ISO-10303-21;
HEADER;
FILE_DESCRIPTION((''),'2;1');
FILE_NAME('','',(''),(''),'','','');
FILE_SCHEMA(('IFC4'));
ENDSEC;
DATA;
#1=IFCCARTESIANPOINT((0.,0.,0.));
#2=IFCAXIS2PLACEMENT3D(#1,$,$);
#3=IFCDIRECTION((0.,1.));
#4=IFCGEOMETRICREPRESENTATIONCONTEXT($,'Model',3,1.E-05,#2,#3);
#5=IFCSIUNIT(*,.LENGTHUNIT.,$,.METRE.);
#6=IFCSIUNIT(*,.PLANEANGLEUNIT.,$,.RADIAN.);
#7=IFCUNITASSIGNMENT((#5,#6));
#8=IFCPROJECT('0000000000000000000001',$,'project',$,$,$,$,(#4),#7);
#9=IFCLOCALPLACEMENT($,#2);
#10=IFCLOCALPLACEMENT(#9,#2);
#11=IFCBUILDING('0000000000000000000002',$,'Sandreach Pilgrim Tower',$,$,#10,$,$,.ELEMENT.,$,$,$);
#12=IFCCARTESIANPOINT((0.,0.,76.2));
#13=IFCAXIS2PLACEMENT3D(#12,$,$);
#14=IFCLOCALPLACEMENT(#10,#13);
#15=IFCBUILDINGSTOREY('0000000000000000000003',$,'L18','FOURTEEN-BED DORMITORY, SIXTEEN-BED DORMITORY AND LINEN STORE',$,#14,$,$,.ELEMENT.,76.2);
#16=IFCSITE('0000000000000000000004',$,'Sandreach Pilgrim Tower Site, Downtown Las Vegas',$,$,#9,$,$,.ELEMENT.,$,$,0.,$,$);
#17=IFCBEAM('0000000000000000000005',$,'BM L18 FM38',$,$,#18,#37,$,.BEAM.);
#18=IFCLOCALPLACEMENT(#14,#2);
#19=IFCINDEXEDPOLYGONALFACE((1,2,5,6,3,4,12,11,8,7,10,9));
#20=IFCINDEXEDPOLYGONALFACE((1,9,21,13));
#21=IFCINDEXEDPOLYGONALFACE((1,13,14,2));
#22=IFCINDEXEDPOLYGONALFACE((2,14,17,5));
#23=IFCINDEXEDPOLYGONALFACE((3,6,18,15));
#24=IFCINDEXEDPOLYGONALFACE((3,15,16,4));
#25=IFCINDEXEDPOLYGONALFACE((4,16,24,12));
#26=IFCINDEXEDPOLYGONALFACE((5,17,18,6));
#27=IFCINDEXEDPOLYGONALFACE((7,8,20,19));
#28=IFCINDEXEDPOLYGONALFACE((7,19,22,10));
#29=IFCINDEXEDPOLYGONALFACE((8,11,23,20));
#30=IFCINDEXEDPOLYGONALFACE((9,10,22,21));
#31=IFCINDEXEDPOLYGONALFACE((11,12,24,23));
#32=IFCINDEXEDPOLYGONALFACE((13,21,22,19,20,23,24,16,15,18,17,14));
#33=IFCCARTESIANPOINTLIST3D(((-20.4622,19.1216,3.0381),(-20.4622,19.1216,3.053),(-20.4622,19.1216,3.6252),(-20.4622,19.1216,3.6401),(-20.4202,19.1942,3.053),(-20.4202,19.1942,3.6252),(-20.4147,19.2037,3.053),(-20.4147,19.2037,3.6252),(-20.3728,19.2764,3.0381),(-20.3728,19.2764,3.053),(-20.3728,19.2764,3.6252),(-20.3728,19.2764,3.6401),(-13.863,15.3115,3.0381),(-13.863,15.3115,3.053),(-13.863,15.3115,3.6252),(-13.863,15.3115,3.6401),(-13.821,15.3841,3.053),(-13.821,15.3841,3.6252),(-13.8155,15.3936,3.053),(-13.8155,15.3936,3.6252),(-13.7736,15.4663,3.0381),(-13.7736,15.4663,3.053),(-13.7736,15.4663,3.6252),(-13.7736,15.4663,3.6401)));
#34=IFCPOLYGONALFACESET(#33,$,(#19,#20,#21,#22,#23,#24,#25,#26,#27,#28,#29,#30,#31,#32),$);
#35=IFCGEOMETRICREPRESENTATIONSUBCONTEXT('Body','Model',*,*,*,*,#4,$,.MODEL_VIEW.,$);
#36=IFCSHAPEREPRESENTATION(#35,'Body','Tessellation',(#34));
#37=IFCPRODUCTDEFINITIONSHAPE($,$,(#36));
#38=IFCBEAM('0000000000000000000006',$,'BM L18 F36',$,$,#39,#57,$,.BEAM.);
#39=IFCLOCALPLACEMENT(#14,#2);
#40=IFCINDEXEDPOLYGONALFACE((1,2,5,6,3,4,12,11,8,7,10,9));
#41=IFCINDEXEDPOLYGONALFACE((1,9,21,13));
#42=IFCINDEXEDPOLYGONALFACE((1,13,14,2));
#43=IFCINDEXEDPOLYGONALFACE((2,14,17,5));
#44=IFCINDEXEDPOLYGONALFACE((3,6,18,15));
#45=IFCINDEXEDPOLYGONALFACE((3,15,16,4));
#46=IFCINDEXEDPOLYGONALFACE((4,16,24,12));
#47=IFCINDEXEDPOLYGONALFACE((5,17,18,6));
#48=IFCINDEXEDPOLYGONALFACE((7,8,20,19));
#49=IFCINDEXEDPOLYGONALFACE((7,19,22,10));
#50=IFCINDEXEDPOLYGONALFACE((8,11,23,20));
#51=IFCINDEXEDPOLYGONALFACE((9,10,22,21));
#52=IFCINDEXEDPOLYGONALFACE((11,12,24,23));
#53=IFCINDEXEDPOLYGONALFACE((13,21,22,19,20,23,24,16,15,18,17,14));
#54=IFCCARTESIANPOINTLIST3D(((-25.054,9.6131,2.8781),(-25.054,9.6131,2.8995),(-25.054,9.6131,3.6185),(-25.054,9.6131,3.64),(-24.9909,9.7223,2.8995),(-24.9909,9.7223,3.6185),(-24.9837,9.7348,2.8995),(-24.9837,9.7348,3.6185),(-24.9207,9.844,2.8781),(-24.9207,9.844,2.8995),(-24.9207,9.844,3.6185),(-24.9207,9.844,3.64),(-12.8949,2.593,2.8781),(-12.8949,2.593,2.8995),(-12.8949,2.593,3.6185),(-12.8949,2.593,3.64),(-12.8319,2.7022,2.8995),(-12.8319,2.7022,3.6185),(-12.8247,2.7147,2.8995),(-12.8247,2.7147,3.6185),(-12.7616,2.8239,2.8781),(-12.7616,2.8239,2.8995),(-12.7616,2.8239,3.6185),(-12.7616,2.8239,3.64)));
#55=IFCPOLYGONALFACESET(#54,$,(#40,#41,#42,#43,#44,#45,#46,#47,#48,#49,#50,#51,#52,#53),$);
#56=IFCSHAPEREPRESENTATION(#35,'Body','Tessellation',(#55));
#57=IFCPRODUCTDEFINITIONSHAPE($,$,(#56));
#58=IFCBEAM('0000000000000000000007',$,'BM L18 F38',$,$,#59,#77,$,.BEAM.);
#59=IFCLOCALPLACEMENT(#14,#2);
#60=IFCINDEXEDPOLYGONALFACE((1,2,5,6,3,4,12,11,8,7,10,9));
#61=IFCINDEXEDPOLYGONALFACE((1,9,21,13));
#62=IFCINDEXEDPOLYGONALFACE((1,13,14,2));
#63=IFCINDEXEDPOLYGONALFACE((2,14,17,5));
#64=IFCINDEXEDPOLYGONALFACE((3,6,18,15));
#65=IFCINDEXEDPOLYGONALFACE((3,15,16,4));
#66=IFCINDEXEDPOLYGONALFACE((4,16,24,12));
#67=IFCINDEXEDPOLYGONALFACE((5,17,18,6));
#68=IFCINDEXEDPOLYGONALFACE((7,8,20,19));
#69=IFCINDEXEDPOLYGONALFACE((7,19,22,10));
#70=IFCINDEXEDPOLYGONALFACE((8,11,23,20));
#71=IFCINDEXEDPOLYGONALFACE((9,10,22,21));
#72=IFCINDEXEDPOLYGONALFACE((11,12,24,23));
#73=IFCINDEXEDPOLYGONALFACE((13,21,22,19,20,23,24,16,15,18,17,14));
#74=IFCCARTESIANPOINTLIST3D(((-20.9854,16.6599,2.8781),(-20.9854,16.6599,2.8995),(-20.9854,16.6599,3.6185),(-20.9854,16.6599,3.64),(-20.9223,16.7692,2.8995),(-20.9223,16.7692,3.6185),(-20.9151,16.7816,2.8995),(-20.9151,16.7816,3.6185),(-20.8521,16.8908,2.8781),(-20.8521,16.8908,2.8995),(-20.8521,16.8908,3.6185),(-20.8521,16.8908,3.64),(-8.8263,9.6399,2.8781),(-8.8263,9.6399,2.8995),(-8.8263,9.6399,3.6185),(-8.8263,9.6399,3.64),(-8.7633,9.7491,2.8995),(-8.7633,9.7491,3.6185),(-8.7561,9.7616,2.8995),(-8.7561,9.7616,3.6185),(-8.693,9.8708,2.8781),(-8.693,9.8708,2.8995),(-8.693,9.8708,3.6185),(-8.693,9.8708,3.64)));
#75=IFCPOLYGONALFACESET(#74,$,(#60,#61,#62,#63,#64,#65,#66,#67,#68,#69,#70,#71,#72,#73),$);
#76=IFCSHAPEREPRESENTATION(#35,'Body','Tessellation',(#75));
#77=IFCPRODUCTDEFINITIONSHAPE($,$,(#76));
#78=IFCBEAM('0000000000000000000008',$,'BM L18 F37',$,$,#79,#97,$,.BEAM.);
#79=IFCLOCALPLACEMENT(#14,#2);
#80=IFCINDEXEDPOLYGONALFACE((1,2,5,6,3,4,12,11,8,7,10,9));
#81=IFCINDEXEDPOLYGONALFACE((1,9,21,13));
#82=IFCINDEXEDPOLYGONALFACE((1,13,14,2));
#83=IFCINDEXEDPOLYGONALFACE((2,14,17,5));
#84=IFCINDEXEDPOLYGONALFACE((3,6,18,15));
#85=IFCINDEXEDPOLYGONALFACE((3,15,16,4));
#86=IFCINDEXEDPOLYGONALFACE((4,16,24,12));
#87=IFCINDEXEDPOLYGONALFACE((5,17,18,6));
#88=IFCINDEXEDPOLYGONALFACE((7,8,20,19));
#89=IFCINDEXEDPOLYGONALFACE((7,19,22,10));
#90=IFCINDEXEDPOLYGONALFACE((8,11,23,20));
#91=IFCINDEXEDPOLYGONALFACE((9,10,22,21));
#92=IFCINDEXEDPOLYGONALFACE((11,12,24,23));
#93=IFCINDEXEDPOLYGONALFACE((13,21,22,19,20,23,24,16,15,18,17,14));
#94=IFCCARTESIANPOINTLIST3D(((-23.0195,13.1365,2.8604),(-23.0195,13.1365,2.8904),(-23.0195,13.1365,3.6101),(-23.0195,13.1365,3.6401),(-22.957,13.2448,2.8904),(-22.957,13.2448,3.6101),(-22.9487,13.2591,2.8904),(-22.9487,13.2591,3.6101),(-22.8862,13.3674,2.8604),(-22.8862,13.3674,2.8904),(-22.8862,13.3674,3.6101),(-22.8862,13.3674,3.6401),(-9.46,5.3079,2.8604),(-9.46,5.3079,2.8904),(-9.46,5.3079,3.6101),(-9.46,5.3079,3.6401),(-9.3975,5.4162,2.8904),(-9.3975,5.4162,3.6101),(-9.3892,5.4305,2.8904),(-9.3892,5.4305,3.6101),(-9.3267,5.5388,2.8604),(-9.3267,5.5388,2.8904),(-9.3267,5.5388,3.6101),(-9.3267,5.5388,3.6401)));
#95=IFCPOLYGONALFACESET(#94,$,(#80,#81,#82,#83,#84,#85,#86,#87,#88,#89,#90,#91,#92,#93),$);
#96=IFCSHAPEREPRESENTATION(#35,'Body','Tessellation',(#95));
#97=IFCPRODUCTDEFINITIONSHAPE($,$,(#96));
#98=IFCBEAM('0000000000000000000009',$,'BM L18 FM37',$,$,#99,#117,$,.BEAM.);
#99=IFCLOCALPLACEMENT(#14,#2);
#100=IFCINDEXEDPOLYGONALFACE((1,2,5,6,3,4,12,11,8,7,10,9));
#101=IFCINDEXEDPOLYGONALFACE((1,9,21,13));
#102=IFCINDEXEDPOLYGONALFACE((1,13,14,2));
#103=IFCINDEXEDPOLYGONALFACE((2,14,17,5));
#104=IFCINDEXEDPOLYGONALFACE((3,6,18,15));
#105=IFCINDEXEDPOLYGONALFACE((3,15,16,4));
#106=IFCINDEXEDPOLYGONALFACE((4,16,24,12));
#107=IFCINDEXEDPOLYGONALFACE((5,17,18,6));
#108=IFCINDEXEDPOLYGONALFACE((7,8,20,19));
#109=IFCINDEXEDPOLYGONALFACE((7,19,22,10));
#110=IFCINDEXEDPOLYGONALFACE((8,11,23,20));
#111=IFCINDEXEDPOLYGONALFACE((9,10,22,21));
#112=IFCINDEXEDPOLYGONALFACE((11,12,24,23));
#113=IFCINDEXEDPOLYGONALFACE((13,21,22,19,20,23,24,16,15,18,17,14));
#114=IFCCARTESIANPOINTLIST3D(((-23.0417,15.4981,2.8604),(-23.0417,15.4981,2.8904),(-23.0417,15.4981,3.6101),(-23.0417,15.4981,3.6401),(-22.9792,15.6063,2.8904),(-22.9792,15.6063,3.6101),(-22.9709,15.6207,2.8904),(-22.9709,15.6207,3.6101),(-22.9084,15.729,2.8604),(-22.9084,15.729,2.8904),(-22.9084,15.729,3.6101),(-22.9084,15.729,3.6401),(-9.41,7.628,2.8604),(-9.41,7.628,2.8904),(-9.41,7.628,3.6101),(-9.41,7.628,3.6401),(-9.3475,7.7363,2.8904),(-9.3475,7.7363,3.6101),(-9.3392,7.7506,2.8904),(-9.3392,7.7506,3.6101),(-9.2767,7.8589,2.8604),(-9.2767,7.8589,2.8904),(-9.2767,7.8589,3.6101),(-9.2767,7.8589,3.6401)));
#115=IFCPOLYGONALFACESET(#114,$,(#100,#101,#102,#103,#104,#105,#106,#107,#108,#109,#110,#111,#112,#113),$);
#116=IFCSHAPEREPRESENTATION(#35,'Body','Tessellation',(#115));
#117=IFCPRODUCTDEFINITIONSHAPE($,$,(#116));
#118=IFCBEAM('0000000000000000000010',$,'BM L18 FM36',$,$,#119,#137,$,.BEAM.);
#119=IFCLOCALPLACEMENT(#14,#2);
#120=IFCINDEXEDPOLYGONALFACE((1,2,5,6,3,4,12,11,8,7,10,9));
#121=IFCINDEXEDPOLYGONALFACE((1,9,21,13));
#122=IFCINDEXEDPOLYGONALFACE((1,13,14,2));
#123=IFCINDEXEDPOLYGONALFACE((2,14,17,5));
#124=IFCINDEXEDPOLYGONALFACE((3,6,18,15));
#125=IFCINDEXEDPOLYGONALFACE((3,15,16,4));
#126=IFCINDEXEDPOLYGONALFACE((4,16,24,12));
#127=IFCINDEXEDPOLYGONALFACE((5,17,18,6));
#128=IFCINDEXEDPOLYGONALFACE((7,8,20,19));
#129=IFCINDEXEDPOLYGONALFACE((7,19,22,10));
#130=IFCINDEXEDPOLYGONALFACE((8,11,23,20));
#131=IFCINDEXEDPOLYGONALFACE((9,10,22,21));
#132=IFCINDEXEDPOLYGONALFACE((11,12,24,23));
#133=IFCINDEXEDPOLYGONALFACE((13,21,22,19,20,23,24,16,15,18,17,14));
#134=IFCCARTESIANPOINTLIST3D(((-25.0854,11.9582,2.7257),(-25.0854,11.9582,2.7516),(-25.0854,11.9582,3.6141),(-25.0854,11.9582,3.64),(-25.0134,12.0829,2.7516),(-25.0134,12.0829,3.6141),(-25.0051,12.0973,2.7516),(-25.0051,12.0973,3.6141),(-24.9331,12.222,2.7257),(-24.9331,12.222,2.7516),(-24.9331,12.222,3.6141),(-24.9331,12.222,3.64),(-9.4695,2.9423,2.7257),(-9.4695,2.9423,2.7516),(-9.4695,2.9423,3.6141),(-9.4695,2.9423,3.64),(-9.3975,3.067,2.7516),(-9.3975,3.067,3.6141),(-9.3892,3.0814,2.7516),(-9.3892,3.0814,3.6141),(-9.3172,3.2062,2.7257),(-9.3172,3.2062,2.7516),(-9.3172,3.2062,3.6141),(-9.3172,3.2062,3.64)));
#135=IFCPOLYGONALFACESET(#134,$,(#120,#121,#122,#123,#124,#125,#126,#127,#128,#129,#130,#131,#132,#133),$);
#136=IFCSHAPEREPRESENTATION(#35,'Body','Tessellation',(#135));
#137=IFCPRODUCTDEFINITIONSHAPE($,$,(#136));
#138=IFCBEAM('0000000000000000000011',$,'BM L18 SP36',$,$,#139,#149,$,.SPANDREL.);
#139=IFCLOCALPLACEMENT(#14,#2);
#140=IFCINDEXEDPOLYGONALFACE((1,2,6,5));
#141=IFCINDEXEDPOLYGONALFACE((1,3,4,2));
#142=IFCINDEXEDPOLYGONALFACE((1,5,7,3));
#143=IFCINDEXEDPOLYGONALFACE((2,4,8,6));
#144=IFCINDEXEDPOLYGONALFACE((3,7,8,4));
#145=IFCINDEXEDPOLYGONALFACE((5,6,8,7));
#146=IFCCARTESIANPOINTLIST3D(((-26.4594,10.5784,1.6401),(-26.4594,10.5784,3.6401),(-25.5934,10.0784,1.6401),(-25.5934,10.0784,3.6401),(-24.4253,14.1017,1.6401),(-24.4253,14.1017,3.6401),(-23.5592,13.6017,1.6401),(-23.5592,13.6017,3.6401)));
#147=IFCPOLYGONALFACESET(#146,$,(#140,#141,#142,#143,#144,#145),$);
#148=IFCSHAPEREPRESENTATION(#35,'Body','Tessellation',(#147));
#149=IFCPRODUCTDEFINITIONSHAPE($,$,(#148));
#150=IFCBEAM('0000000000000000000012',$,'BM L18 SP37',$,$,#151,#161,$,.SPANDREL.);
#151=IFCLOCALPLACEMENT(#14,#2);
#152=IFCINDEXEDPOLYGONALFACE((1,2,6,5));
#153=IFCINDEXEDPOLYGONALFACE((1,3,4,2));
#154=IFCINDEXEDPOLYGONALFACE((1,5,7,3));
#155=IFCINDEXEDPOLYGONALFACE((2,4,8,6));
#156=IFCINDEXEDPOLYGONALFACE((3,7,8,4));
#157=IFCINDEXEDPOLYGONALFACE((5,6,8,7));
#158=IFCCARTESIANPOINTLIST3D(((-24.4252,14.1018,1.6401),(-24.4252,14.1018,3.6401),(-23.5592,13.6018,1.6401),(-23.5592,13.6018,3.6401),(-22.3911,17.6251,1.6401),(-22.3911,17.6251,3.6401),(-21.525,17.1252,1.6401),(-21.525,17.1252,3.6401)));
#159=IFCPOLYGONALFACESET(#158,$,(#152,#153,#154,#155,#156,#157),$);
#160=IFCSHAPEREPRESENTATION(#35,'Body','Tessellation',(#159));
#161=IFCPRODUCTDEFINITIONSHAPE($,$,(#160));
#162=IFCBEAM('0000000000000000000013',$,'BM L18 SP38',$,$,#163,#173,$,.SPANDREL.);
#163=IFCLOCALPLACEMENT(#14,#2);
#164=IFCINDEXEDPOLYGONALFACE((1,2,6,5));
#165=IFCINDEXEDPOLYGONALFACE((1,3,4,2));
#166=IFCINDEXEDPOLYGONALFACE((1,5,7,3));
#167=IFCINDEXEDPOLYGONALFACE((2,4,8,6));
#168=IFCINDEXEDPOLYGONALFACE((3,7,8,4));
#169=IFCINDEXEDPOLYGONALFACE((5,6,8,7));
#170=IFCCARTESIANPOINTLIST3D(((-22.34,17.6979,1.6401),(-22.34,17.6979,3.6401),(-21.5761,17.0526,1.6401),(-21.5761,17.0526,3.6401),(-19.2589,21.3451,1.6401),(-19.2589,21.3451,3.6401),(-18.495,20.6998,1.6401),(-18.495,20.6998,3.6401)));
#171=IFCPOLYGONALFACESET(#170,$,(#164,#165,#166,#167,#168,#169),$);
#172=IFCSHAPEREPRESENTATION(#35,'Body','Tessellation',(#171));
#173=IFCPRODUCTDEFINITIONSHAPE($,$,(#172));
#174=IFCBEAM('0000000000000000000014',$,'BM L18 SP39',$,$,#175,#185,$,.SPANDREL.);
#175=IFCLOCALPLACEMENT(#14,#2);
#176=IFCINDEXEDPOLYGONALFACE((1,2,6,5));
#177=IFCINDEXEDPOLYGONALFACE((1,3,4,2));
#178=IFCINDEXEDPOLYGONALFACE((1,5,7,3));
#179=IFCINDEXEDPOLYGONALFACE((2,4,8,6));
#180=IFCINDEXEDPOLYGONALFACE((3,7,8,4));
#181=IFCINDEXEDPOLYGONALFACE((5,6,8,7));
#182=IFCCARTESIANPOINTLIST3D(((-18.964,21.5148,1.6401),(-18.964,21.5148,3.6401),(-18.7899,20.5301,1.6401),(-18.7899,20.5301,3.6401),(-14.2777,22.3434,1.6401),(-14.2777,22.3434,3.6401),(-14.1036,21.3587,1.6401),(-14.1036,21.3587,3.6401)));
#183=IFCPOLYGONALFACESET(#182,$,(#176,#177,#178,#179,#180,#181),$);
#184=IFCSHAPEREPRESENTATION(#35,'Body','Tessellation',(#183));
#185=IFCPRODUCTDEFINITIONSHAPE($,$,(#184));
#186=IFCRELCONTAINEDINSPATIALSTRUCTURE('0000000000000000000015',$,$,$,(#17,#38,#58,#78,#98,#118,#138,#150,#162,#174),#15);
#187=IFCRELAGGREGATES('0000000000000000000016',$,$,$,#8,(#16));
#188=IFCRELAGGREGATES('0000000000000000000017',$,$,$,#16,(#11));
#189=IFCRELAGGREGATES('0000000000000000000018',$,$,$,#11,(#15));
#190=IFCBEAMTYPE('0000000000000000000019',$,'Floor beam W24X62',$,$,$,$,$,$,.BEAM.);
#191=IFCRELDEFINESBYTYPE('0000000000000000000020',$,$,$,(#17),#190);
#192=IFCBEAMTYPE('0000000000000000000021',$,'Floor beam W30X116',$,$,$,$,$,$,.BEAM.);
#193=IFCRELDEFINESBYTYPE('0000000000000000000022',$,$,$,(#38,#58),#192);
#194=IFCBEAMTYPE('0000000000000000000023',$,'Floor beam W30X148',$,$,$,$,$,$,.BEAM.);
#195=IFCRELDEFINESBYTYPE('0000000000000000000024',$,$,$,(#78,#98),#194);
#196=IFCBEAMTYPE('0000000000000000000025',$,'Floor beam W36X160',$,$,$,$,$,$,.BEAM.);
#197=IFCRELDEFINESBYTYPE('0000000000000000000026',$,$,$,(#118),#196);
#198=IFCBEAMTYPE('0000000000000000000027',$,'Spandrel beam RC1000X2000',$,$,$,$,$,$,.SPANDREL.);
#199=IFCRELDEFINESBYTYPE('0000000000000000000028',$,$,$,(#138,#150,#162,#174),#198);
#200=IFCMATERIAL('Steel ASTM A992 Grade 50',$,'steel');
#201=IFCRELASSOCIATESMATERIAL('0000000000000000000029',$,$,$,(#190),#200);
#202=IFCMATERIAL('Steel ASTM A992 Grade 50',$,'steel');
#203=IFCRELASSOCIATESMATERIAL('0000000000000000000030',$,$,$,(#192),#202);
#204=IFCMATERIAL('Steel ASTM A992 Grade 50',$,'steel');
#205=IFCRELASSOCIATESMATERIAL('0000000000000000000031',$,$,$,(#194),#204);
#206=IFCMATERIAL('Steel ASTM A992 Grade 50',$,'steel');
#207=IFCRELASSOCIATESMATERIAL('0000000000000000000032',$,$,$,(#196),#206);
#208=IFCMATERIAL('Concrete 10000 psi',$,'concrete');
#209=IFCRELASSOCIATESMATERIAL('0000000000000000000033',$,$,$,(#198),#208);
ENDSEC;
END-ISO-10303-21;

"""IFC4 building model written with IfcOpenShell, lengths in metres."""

from ifc_helpers import new_model, si_unit, direction, frame, origin, origin_2d, place, context, subcontext, project, spatial, rectangle, i_section, extrude, material, material_profile, profile_set, type_object, element, save


model = new_model("IFC4")

# Units and contexts
model_context = context("Model", 3, precision=1e-05, world=origin(), true_north=direction((0.0, 1.0)))
body_context = subcontext(model_context, "Body", "Model", "MODEL_VIEW")
ifc_project = project(units=[si_unit("LENGTHUNIT", "METRE"), si_unit("PLANEANGLEUNIT", "RADIAN")], contexts=[model_context])

# Site, building, storey
site_placement = place(None, origin())
site = spatial("IfcSite", under=ifc_project, at=site_placement, Name="Sandreach Pilgrim Tower Site, Downtown Las Vegas", CompositionType="ELEMENT", RefElevation=0.0)
building_placement = place(site_placement, origin())
building = spatial("IfcBuilding", under=site, at=building_placement, Name="Sandreach Pilgrim Tower", CompositionType="ELEMENT")
storey_placement = place(building_placement, frame((0.0, 0.0, 76.2)))
storey = spatial("IfcBuildingStorey", under=building, at=storey_placement, Name="L18", Description="FOURTEEN-BED DORMITORY, SIXTEEN-BED DORMITORY AND LINEN STORE", CompositionType="ELEMENT", Elevation=76.2)

# Beams
ifc_material_1 = material(Name="Steel ASTM A992 Grade 50", Category="steel")
ifc_material_profile_1 = material_profile(ifc_material_1, i_section(OverallWidth=0.1787, OverallDepth=0.6021, WebThickness=0.011, FlangeThickness=0.0149, at=origin_2d()), Name="W24X62")
ifc_profile_set_1 = profile_set([ifc_material_profile_1], Name="Steel ASTM A992 Grade 50")
beam_type_1 = type_object("IfcBeamType", Name="Floor beam W24X62", PredefinedType="BEAM", material=ifc_profile_set_1)
beam_1_placement = place(storey_placement, frame((-20.4175, 19.199, 3.3391), z_axis=(0.866022, -0.500005, 0.0), x_axis=(0.500005, 0.866022, 0.0)))
element("IfcBeam", 1, at=beam_1_placement, inside=storey, type_object=beam_type_1, Name="BM L18 FM38", PredefinedType="BEAM", context=body_context, shape_type="SweptSolid", body=[
    extrude(i_section(OverallWidth=0.1787, OverallDepth=0.6021, WebThickness=0.011, FlangeThickness=0.0149, at=origin_2d()), origin(), (0.0, 0.0, 1.0), 7.6201),
])
ifc_material_2 = material(Name="Steel ASTM A992 Grade 50", Category="steel")
ifc_material_profile_2 = material_profile(ifc_material_2, i_section(OverallWidth=0.2666, OverallDepth=0.762, WebThickness=0.0144, FlangeThickness=0.0215, at=origin_2d()), Name="W30X116")
ifc_profile_set_2 = profile_set([ifc_material_profile_2], Name="Steel ASTM A992 Grade 50")
beam_type_2 = type_object("IfcBeamType", Name="Floor beam W30X116", PredefinedType="BEAM", material=ifc_profile_set_2)
for number, where, z_axis, x_axis, name in (
    (2, (-24.9873, 9.7285, 3.259), (0.866024, -0.500003, 0.0), (0.500003, 0.866024, 0.0), "BM L18 F36"),
    (3, (-20.9187, 16.7754, 3.259), (0.866024, -0.500003, 0.0), (0.500003, 0.866024, 0.0), "BM L18 F38"),
):
    element("IfcBeam", number, at=place(storey_placement, frame(where, z_axis=z_axis, x_axis=x_axis)), inside=storey, type_object=beam_type_2, Name=name, PredefinedType="BEAM", context=body_context, shape_type="SweptSolid", body=[
        extrude(i_section(OverallWidth=0.2666, OverallDepth=0.762, WebThickness=0.0144, FlangeThickness=0.0215, at=origin_2d()), origin(), (0.0, 0.0, 1.0), 14.04),
    ])
ifc_material_3 = material(Name="Steel ASTM A992 Grade 50", Category="steel")
ifc_material_profile_3 = material_profile(ifc_material_3, i_section(OverallWidth=0.2666, OverallDepth=0.7798, WebThickness=0.0166, FlangeThickness=0.03, at=origin_2d()), Name="W30X148")
ifc_profile_set_3 = profile_set([ifc_material_profile_3], Name="Steel ASTM A992 Grade 50")
beam_type_3 = type_object("IfcBeamType", Name="Floor beam W30X148", PredefinedType="BEAM", material=ifc_profile_set_3)
beam_2_placement = place(storey_placement, frame((-22.9529, 13.252, 3.2502), z_axis=(0.866026, -0.5, 0.0), x_axis=(0.5, 0.866026, 0.0)))
element("IfcBeam", 4, at=beam_2_placement, inside=storey, type_object=beam_type_3, Name="BM L18 F37", PredefinedType="BEAM", context=body_context, shape_type="SweptSolid", body=[
    extrude(i_section(OverallWidth=0.2666, OverallDepth=0.7798, WebThickness=0.0166, FlangeThickness=0.03, at=origin_2d()), origin(), (0.0, 0.0, 1.0), 15.6572),
])
beam_3_placement = place(storey_placement, frame((-22.9751, 15.6135, 3.2502), z_axis=(0.866032, -0.499989, 0.0), x_axis=(0.499989, 0.866032, 0.0)))
element("IfcBeam", 5, at=beam_3_placement, inside=storey, type_object=beam_type_3, Name="BM L18 FM37", PredefinedType="BEAM", context=body_context, shape_type="SweptSolid", body=[
    extrude(i_section(OverallWidth=0.2666, OverallDepth=0.7798, WebThickness=0.0166, FlangeThickness=0.03, at=origin_2d()), origin(), (0.0, 0.0, 1.0), 15.7405),
])
ifc_material_4 = material(Name="Steel ASTM A992 Grade 50", Category="steel")
ifc_material_profile_4 = material_profile(ifc_material_4, i_section(OverallWidth=0.3047, OverallDepth=0.9143, WebThickness=0.0166, FlangeThickness=0.0259, at=origin_2d()), Name="W36X160")
ifc_profile_set_4 = profile_set([ifc_material_profile_4], Name="Steel ASTM A992 Grade 50")
beam_type_4 = type_object("IfcBeamType", Name="Floor beam W36X160", PredefinedType="BEAM", material=ifc_profile_set_4)
beam_4_placement = place(storey_placement, frame((-25.0093, 12.0901, 3.1829), z_axis=(0.866026, -0.499999, 0.0), x_axis=(0.499999, 0.866026, 0.0)))
element("IfcBeam", 6, at=beam_4_placement, inside=storey, type_object=beam_type_4, Name="BM L18 FM36", PredefinedType="BEAM", context=body_context, shape_type="SweptSolid", body=[
    extrude(i_section(OverallWidth=0.3047, OverallDepth=0.9143, WebThickness=0.0166, FlangeThickness=0.0259, at=origin_2d()), origin(), (0.0, 0.0, 1.0), 18.0317),
])
ifc_material_5 = material(Name="Concrete 10000 psi", Category="concrete")
ifc_material_profile_5 = material_profile(ifc_material_5, rectangle(XDim=1.0, YDim=2.0, at=origin_2d()), Name="RC1000X2000")
ifc_profile_set_5 = profile_set([ifc_material_profile_5], Name="Concrete 10000 psi")
beam_type_5 = type_object("IfcBeamType", Name="Spandrel beam RC1000X2000", PredefinedType="SPANDREL", material=ifc_profile_set_5)
for number, where, z_axis, x_axis, name in (
    (7, (-26.0264, 10.3284, 2.6401), (0.499986, 0.866034, 0.0), (-0.866034, 0.499986, 0.0), "BM L18 SP36"),
    (8, (-23.9922, 13.8518, 2.6401), (0.499986, 0.866034, 0.0), (-0.866034, 0.499986, 0.0), "BM L18 SP37"),
):
    element("IfcBeam", number, at=place(storey_placement, frame(where, z_axis=z_axis, x_axis=x_axis)), inside=storey, type_object=beam_type_5, Name=name, PredefinedType="SPANDREL", context=body_context, shape_type="SweptSolid", body=[
        extrude(rectangle(XDim=1.0, YDim=2.0, at=origin_2d()), origin(), (0.0, 0.0, 1.0), 4.0684),
    ])
beam_5_placement = place(storey_placement, frame((-21.958, 17.3752, 2.6401), z_axis=(0.645325, 0.763908, 0.0), x_axis=(-0.763908, 0.645325, 0.0)))
element("IfcBeam", 9, at=beam_5_placement, inside=storey, type_object=beam_type_5, Name="BM L18 SP38", PredefinedType="SPANDREL", context=body_context, shape_type="SweptSolid", body=[
    extrude(rectangle(XDim=1.0, YDim=2.0, at=origin_2d()), origin(), (0.0, 0.0, 1.0), 4.7744),
])
beam_6_placement = place(storey_placement, frame((-18.877, 21.0225, 2.6401), z_axis=(0.984725, 0.174116, 0.0), x_axis=(-0.174116, 0.984725, 0.0)))
element("IfcBeam", 10, at=beam_6_placement, inside=storey, type_object=beam_type_5, Name="BM L18 SP39", PredefinedType="SPANDREL", context=body_context, shape_type="SweptSolid", body=[
    extrude(rectangle(XDim=1.0, YDim=2.0, at=origin_2d()), origin(), (0.0, 0.0, 1.0), 4.759),
])

save(model, "model.ifc")
